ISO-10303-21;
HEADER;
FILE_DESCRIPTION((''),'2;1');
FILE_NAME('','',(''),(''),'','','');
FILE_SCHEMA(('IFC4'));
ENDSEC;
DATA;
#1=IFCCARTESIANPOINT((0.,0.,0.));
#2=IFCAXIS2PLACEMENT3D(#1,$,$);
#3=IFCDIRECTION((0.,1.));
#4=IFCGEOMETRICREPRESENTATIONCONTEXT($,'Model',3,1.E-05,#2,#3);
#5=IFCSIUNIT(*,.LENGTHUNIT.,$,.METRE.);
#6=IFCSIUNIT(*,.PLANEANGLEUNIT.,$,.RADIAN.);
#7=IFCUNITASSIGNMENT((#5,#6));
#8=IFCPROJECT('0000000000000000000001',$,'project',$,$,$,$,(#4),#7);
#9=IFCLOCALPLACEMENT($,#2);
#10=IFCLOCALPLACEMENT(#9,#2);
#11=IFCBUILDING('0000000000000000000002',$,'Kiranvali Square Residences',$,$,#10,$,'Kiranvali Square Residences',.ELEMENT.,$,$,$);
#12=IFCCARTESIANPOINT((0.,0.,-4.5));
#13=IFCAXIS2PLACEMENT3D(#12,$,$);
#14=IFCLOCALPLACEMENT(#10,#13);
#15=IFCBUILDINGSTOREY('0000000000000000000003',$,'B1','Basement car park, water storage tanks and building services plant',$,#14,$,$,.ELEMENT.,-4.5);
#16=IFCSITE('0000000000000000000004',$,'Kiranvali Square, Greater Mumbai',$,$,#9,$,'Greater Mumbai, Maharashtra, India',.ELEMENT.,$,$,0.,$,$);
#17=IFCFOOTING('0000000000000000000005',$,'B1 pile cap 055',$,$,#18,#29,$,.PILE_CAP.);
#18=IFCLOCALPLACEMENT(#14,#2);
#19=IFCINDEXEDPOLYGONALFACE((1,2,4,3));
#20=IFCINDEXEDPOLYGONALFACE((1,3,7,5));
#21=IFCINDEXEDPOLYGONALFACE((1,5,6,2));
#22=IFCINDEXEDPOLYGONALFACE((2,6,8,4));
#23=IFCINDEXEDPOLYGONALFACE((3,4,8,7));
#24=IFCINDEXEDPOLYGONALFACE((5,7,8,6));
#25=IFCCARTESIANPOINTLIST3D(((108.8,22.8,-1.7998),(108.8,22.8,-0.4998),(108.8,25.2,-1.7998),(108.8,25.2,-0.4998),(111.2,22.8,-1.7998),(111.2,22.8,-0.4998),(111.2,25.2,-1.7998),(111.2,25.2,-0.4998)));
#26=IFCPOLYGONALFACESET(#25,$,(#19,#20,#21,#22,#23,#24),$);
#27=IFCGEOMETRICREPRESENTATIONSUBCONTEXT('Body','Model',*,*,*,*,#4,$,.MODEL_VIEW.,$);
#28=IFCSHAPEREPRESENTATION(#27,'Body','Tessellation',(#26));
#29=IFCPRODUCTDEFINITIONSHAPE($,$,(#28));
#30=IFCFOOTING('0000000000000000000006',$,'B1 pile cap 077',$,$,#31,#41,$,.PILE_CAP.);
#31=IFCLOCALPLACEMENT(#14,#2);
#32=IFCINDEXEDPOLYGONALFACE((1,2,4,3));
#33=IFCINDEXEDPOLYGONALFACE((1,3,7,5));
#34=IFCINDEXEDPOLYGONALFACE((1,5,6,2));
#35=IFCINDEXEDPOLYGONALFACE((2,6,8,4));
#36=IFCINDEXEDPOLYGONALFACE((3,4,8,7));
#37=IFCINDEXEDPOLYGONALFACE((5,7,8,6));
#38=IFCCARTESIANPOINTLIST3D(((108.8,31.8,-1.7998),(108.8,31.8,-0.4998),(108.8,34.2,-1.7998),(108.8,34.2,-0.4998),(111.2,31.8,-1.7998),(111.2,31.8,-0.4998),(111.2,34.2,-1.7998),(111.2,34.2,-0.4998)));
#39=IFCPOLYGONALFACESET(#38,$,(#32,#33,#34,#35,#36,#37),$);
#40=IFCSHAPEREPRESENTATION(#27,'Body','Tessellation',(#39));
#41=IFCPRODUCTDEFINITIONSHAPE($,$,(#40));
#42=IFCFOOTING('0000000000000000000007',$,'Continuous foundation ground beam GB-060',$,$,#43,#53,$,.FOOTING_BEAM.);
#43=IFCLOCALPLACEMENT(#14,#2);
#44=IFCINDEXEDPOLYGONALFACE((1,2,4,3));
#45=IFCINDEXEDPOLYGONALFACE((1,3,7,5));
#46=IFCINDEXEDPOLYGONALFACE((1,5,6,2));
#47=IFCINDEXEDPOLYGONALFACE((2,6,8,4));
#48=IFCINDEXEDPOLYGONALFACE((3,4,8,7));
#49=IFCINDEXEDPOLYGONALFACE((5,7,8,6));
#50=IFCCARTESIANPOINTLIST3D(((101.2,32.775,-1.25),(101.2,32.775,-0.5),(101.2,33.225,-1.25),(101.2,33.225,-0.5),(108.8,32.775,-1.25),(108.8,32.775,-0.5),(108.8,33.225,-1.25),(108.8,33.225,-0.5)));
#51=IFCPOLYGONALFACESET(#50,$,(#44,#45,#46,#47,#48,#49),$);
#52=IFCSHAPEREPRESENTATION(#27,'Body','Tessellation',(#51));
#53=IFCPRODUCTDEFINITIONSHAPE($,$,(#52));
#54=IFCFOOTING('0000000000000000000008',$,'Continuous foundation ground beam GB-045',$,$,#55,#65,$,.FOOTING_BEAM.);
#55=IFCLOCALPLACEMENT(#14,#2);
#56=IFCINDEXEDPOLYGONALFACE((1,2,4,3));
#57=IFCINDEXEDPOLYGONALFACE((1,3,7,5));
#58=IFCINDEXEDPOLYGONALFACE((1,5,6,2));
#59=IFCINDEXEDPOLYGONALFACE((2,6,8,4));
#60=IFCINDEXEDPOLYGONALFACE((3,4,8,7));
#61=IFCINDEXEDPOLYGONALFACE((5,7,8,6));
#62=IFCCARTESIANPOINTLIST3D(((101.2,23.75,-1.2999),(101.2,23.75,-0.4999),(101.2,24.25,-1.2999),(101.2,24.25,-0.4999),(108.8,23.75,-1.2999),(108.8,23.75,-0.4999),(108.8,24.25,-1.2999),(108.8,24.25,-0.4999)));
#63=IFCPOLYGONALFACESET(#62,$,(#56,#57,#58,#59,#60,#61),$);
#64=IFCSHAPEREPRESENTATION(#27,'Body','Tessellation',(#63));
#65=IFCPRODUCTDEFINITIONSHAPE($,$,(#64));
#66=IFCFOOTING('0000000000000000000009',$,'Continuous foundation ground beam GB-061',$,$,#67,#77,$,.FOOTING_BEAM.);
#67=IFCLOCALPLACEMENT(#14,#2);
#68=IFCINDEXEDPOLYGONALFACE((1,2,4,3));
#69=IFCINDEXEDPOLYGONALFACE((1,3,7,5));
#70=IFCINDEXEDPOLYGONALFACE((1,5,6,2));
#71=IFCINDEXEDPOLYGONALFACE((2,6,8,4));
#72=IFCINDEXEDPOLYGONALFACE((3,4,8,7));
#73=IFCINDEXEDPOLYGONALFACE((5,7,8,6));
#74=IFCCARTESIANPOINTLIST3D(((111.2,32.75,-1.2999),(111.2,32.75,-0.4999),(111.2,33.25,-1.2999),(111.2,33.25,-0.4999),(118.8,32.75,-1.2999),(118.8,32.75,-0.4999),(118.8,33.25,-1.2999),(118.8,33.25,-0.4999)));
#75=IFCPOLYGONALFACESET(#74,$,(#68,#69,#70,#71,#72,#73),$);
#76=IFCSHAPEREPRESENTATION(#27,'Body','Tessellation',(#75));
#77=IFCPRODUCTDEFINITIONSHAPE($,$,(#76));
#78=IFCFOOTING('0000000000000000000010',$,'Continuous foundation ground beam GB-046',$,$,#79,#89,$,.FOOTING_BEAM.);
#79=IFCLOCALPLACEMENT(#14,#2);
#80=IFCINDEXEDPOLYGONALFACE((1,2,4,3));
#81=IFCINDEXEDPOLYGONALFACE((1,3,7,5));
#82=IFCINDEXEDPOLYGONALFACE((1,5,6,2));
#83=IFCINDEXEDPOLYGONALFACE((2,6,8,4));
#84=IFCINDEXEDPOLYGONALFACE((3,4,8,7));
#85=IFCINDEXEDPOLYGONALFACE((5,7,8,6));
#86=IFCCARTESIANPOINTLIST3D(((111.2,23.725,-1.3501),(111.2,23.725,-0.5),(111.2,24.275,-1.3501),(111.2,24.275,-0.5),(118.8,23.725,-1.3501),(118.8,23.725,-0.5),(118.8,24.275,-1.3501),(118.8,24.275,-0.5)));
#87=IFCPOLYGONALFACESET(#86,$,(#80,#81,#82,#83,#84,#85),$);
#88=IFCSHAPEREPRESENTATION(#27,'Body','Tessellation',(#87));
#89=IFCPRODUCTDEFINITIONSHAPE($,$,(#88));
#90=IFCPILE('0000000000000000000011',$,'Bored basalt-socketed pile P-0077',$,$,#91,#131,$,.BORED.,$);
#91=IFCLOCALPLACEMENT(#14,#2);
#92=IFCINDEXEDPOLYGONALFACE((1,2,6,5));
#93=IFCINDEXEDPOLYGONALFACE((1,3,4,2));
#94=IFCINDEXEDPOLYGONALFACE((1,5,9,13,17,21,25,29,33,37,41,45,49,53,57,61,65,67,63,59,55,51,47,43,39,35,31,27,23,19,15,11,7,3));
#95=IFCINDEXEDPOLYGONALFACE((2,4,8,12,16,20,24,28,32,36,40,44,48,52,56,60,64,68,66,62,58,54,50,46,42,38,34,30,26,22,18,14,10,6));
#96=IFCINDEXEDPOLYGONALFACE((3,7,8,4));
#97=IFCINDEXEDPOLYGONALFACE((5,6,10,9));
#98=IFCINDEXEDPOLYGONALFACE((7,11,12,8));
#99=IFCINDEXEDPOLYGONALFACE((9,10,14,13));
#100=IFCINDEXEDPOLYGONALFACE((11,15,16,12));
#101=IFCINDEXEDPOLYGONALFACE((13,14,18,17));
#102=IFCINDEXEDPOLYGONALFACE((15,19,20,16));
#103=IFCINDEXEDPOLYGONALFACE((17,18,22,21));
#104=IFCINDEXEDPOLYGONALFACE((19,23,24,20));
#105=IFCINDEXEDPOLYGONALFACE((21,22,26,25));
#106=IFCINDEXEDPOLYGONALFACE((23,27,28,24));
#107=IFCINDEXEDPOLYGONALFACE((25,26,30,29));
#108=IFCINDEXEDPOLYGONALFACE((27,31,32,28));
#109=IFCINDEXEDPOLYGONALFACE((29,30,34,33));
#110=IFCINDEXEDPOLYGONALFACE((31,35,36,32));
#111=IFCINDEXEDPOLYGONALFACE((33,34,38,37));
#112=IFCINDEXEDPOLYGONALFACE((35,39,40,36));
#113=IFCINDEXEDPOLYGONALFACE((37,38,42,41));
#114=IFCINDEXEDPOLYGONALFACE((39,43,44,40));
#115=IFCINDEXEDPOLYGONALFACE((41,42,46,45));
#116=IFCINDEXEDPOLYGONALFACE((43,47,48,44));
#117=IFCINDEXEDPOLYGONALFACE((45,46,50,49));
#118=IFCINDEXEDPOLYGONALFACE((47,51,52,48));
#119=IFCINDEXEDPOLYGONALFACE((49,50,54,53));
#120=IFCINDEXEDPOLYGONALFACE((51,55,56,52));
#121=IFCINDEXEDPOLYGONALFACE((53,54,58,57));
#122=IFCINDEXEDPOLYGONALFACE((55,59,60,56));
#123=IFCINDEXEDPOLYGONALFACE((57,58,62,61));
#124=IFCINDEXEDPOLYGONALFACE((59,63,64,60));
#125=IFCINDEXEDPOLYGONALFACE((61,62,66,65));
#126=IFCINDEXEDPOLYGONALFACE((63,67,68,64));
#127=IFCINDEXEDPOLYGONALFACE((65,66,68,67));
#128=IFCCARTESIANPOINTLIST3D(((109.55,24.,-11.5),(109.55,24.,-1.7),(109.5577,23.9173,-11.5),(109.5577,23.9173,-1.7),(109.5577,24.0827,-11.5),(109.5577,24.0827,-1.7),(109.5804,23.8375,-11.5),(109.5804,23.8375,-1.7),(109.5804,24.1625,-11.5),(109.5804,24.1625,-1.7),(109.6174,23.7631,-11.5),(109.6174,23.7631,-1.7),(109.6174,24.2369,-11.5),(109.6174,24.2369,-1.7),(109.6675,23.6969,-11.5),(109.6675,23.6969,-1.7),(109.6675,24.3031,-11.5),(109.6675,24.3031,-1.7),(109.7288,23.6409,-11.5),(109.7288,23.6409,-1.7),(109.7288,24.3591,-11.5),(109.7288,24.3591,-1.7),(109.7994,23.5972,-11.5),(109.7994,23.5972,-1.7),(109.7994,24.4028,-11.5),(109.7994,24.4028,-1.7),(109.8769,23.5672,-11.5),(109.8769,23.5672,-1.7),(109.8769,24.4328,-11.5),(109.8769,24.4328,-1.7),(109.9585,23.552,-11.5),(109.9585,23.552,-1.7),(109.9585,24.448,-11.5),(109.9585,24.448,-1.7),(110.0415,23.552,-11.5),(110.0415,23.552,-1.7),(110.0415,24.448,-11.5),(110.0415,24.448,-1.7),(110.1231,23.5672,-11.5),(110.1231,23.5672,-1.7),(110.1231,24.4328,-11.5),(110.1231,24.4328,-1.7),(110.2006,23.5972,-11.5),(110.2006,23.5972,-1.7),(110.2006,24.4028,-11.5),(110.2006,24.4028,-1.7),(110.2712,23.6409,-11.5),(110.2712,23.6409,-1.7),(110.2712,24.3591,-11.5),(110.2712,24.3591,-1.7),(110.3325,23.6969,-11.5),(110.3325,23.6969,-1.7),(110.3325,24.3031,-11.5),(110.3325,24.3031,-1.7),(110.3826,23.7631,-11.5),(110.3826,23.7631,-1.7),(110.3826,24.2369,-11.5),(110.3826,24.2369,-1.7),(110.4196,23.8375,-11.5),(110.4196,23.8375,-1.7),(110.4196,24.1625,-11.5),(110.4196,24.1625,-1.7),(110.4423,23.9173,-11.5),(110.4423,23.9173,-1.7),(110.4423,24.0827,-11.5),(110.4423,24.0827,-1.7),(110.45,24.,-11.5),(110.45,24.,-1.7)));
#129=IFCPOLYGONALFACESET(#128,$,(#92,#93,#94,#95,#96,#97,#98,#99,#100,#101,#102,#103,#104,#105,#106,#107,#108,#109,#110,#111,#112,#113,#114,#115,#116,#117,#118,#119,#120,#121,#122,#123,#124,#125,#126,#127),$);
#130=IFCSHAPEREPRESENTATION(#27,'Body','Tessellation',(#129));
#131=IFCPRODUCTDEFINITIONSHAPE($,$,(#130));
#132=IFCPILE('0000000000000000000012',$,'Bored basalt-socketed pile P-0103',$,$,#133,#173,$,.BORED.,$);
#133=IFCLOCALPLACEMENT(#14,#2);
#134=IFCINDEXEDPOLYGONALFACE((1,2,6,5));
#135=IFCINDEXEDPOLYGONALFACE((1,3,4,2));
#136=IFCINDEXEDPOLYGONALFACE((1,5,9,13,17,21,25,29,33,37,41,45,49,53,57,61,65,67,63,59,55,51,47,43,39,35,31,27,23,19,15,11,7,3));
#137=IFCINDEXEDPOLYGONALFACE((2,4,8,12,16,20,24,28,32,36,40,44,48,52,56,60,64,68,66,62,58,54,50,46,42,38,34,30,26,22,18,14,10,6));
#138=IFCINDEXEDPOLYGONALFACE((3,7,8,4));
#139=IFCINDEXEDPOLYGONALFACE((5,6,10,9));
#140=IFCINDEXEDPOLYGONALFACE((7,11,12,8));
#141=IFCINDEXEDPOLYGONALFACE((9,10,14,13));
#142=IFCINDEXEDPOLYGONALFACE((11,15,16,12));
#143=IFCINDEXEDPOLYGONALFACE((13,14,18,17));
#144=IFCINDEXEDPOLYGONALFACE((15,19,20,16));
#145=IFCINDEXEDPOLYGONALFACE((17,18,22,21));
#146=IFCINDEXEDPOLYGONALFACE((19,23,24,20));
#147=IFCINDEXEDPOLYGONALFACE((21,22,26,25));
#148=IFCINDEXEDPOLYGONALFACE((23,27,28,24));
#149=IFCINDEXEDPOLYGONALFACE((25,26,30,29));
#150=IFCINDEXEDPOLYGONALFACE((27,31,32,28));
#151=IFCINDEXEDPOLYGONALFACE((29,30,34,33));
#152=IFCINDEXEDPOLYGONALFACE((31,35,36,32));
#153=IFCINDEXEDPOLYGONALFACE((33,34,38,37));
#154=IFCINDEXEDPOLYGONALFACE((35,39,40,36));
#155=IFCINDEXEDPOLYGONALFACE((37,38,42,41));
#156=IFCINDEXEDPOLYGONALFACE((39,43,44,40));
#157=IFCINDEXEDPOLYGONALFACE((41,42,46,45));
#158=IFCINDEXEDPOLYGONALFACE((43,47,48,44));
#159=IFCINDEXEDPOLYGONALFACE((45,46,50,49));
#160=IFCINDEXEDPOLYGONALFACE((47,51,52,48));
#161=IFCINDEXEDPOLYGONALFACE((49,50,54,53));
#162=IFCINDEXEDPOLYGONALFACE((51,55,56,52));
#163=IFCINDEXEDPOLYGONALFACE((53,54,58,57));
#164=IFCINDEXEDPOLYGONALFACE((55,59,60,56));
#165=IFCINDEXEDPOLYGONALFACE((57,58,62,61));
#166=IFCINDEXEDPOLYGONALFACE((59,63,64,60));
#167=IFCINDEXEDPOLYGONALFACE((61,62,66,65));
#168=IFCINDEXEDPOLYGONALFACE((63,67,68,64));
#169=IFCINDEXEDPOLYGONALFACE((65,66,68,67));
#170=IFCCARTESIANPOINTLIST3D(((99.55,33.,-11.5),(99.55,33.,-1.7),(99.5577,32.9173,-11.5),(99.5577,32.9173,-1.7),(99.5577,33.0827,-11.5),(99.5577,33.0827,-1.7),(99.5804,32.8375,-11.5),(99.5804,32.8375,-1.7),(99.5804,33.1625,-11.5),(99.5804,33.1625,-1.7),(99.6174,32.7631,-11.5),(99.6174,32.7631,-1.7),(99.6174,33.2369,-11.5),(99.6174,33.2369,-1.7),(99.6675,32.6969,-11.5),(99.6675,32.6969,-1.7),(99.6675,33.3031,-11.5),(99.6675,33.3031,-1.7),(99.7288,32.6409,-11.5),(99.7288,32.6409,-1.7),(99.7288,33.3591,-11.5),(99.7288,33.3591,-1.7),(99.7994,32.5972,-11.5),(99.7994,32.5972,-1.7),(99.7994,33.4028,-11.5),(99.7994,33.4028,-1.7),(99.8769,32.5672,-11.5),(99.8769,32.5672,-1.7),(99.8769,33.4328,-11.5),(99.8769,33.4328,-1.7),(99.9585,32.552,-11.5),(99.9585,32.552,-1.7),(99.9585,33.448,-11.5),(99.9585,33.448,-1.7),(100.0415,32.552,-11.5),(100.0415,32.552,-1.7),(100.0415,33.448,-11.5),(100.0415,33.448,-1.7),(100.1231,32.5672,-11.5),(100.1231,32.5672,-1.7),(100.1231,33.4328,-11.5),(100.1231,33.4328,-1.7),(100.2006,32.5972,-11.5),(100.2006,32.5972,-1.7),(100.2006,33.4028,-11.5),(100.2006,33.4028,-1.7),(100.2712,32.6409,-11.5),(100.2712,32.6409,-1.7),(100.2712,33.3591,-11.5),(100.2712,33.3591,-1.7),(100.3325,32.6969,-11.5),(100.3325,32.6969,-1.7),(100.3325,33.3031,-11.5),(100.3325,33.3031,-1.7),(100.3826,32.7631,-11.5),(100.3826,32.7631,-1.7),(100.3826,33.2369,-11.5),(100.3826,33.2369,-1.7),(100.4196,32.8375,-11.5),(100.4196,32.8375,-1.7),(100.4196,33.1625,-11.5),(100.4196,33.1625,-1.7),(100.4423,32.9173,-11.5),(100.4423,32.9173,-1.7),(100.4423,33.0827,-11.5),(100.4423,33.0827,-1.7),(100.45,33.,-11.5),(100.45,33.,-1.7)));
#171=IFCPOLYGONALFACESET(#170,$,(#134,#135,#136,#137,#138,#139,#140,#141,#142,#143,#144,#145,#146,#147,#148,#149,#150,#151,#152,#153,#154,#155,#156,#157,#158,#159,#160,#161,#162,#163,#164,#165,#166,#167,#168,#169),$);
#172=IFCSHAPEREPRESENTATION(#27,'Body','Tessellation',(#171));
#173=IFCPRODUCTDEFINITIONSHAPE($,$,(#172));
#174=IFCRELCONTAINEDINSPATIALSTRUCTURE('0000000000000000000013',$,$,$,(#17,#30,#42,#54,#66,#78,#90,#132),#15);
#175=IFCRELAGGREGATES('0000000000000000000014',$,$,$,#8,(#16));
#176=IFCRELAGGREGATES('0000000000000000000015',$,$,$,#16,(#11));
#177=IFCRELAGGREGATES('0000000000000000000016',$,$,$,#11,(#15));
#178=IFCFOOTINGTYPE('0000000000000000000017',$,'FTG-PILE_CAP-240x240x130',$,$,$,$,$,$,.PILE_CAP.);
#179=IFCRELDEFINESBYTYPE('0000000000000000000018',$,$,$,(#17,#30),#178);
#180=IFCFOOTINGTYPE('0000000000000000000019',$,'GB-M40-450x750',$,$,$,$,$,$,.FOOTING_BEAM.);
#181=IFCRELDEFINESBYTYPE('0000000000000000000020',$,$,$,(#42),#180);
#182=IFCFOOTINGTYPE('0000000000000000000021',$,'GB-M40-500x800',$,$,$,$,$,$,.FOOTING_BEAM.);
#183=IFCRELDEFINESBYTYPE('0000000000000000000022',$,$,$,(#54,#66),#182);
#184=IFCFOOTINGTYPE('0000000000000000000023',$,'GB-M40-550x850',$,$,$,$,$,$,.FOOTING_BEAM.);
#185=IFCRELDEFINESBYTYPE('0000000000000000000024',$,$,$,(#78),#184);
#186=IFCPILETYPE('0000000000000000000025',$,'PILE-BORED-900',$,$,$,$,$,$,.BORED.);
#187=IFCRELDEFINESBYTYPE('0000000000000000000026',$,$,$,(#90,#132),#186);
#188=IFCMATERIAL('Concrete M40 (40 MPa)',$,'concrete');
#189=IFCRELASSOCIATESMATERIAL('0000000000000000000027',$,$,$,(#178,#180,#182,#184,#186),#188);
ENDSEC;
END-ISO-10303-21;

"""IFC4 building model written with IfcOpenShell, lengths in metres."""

from ifc_helpers import new_model, si_unit, direction, frame, origin, origin_2d, place, context, subcontext, project, spatial, rectangle, circle, extrude, material, material_profile, profile_set, type_object, element, save


model = new_model("IFC4")

# Units and contexts
model_context = context("Model", 3, precision=1e-05, world=origin(), true_north=direction((0.0, 1.0)))
body_context = subcontext(model_context, "Body", "Model", "MODEL_VIEW")
ifc_project = project(units=[si_unit("LENGTHUNIT", "METRE"), si_unit("PLANEANGLEUNIT", "RADIAN")], contexts=[model_context])

# Site, building, storey
site_placement = place(None, origin())
site = spatial("IfcSite", under=ifc_project, at=site_placement, Name="Kiranvali Square, Greater Mumbai", LongName="Greater Mumbai, Maharashtra, India", CompositionType="ELEMENT", RefElevation=0.0)
building_placement = place(site_placement, origin())
building = spatial("IfcBuilding", under=site, at=building_placement, Name="Kiranvali Square Residences", LongName="Kiranvali Square Residences", CompositionType="ELEMENT")
storey_placement = place(building_placement, frame((0.0, 0.0, -4.5)))
storey = spatial("IfcBuildingStorey", under=building, at=storey_placement, Name="B1", Description="Basement car park, water storage tanks and building services plant", CompositionType="ELEMENT", Elevation=-4.5)

# Footings
ifc_material_1 = material(Name="Concrete M40 (40 MPa)", Category="concrete")
footing_type_1 = type_object("IfcFootingType", Name="FTG-PILE_CAP-240x240x130", PredefinedType="PILE_CAP", material=ifc_material_1)
for number, where, z_axis, x_axis, name in (
    (1, (110.0, 24.0, -1.7998), (0.0, 0.0, 1.0), (1.0, 0.0, 0.0), "B1 pile cap 055"),
    (2, (110.0, 33.0, -1.7998), (0.0, 0.0, 1.0), (1.0, 0.0, 0.0), "B1 pile cap 077"),
):
    element("IfcFooting", number, at=place(storey_placement, frame(where, z_axis=z_axis, x_axis=x_axis)), inside=storey, type_object=footing_type_1, Name=name, PredefinedType="PILE_CAP", context=body_context, shape_type="SweptSolid", body=[
        extrude(rectangle(XDim=2.3999, YDim=2.3999, at=origin_2d()), origin(), (0.0, 0.0, 1.0), 1.3),
    ])
ifc_material_profile_1 = material_profile(ifc_material_1, rectangle(XDim=0.45, YDim=0.75, at=origin_2d()), Name="GB 450x750")
ifc_profile_set_1 = profile_set([ifc_material_profile_1], Name="Concrete M40 (40 MPa)")
footing_type_2 = type_object("IfcFootingType", Name="GB-M40-450x750", PredefinedType="FOOTING_BEAM", material=ifc_profile_set_1)
footing_1_placement = place(storey_placement, frame((101.2, 33.0, -0.875), z_axis=(1.0, 0.0, 0.0), x_axis=(0.0, 1.0, 0.0)))
element("IfcFooting", 3, at=footing_1_placement, inside=storey, type_object=footing_type_2, Name="Continuous foundation ground beam GB-060", PredefinedType="FOOTING_BEAM", context=body_context, shape_type="SweptSolid", body=[
    extrude(rectangle(XDim=0.45, YDim=0.75, at=origin_2d()), origin(), (0.0, 0.0, 1.0), 7.6001),
])
ifc_material_profile_2 = material_profile(ifc_material_1, rectangle(XDim=0.5, YDim=0.8, at=origin_2d()), Name="GB 500x800")
ifc_profile_set_2 = profile_set([ifc_material_profile_2], Name="Concrete M40 (40 MPa)")
footing_type_3 = type_object("IfcFootingType", Name="GB-M40-500x800", PredefinedType="FOOTING_BEAM", material=ifc_profile_set_2)
for number, where, z_axis, x_axis, name in (
    (4, (101.2, 24.0, -0.8999), (1.0, 0.0, 0.0), (0.0, 1.0, 0.0), "Continuous foundation ground beam GB-045"),
    (5, (111.2, 33.0, -0.8999), (1.0, 0.0, 0.0), (0.0, 1.0, 0.0), "Continuous foundation ground beam GB-061"),
):
    element("IfcFooting", number, at=place(storey_placement, frame(where, z_axis=z_axis, x_axis=x_axis)), inside=storey, type_object=footing_type_3, Name=name, PredefinedType="FOOTING_BEAM", context=body_context, shape_type="SweptSolid", body=[
        extrude(rectangle(XDim=0.5, YDim=0.8, at=origin_2d()), origin(), (0.0, 0.0, 1.0), 7.6001),
    ])
ifc_material_profile_3 = material_profile(ifc_material_1, rectangle(XDim=0.55, YDim=0.8501, at=origin_2d()), Name="GB 550x850")
ifc_profile_set_3 = profile_set([ifc_material_profile_3], Name="Concrete M40 (40 MPa)")
footing_type_4 = type_object("IfcFootingType", Name="GB-M40-550x850", PredefinedType="FOOTING_BEAM", material=ifc_profile_set_3)
footing_2_placement = place(storey_placement, frame((111.2, 24.0, -0.925), z_axis=(1.0, 0.0, 0.0), x_axis=(0.0, 1.0, 0.0)))
element("IfcFooting", 6, at=footing_2_placement, inside=storey, type_object=footing_type_4, Name="Continuous foundation ground beam GB-046", PredefinedType="FOOTING_BEAM", context=body_context, shape_type="SweptSolid", body=[
    extrude(rectangle(XDim=0.55, YDim=0.8501, at=origin_2d()), origin(), (0.0, 0.0, 1.0), 7.6001),
])

# Piles
ifc_material_profile_4 = material_profile(ifc_material_1, circle(Radius=0.45, at=origin_2d()), Name="BORED PILE 900")
ifc_profile_set_4 = profile_set([ifc_material_profile_4], Name="Concrete M40 (40 MPa)")
pile_type = type_object("IfcPileType", Name="PILE-BORED-900", PredefinedType="BORED", material=ifc_profile_set_4)
for number, where, z_axis, x_axis, name in (
    (7, (110.0, 24.0, -1.7), (0.0, 0.0, -1.0), (1.0, 0.0, 0.0), "Bored basalt-socketed pile P-0077"),
    (8, (100.0, 33.0, -1.7), (0.0, 0.0, -1.0), (1.0, 0.0, 0.0), "Bored basalt-socketed pile P-0103"),
):
    element("IfcPile", number, at=place(storey_placement, frame(where, z_axis=z_axis, x_axis=x_axis)), inside=storey, type_object=pile_type, Name=name, PredefinedType="BORED", context=body_context, shape_type="SweptSolid", body=[
        extrude(circle(Radius=0.45, at=origin_2d()), origin(), (0.0, 0.0, 1.0), 9.8),
    ])

save(model, "model.ifc")
